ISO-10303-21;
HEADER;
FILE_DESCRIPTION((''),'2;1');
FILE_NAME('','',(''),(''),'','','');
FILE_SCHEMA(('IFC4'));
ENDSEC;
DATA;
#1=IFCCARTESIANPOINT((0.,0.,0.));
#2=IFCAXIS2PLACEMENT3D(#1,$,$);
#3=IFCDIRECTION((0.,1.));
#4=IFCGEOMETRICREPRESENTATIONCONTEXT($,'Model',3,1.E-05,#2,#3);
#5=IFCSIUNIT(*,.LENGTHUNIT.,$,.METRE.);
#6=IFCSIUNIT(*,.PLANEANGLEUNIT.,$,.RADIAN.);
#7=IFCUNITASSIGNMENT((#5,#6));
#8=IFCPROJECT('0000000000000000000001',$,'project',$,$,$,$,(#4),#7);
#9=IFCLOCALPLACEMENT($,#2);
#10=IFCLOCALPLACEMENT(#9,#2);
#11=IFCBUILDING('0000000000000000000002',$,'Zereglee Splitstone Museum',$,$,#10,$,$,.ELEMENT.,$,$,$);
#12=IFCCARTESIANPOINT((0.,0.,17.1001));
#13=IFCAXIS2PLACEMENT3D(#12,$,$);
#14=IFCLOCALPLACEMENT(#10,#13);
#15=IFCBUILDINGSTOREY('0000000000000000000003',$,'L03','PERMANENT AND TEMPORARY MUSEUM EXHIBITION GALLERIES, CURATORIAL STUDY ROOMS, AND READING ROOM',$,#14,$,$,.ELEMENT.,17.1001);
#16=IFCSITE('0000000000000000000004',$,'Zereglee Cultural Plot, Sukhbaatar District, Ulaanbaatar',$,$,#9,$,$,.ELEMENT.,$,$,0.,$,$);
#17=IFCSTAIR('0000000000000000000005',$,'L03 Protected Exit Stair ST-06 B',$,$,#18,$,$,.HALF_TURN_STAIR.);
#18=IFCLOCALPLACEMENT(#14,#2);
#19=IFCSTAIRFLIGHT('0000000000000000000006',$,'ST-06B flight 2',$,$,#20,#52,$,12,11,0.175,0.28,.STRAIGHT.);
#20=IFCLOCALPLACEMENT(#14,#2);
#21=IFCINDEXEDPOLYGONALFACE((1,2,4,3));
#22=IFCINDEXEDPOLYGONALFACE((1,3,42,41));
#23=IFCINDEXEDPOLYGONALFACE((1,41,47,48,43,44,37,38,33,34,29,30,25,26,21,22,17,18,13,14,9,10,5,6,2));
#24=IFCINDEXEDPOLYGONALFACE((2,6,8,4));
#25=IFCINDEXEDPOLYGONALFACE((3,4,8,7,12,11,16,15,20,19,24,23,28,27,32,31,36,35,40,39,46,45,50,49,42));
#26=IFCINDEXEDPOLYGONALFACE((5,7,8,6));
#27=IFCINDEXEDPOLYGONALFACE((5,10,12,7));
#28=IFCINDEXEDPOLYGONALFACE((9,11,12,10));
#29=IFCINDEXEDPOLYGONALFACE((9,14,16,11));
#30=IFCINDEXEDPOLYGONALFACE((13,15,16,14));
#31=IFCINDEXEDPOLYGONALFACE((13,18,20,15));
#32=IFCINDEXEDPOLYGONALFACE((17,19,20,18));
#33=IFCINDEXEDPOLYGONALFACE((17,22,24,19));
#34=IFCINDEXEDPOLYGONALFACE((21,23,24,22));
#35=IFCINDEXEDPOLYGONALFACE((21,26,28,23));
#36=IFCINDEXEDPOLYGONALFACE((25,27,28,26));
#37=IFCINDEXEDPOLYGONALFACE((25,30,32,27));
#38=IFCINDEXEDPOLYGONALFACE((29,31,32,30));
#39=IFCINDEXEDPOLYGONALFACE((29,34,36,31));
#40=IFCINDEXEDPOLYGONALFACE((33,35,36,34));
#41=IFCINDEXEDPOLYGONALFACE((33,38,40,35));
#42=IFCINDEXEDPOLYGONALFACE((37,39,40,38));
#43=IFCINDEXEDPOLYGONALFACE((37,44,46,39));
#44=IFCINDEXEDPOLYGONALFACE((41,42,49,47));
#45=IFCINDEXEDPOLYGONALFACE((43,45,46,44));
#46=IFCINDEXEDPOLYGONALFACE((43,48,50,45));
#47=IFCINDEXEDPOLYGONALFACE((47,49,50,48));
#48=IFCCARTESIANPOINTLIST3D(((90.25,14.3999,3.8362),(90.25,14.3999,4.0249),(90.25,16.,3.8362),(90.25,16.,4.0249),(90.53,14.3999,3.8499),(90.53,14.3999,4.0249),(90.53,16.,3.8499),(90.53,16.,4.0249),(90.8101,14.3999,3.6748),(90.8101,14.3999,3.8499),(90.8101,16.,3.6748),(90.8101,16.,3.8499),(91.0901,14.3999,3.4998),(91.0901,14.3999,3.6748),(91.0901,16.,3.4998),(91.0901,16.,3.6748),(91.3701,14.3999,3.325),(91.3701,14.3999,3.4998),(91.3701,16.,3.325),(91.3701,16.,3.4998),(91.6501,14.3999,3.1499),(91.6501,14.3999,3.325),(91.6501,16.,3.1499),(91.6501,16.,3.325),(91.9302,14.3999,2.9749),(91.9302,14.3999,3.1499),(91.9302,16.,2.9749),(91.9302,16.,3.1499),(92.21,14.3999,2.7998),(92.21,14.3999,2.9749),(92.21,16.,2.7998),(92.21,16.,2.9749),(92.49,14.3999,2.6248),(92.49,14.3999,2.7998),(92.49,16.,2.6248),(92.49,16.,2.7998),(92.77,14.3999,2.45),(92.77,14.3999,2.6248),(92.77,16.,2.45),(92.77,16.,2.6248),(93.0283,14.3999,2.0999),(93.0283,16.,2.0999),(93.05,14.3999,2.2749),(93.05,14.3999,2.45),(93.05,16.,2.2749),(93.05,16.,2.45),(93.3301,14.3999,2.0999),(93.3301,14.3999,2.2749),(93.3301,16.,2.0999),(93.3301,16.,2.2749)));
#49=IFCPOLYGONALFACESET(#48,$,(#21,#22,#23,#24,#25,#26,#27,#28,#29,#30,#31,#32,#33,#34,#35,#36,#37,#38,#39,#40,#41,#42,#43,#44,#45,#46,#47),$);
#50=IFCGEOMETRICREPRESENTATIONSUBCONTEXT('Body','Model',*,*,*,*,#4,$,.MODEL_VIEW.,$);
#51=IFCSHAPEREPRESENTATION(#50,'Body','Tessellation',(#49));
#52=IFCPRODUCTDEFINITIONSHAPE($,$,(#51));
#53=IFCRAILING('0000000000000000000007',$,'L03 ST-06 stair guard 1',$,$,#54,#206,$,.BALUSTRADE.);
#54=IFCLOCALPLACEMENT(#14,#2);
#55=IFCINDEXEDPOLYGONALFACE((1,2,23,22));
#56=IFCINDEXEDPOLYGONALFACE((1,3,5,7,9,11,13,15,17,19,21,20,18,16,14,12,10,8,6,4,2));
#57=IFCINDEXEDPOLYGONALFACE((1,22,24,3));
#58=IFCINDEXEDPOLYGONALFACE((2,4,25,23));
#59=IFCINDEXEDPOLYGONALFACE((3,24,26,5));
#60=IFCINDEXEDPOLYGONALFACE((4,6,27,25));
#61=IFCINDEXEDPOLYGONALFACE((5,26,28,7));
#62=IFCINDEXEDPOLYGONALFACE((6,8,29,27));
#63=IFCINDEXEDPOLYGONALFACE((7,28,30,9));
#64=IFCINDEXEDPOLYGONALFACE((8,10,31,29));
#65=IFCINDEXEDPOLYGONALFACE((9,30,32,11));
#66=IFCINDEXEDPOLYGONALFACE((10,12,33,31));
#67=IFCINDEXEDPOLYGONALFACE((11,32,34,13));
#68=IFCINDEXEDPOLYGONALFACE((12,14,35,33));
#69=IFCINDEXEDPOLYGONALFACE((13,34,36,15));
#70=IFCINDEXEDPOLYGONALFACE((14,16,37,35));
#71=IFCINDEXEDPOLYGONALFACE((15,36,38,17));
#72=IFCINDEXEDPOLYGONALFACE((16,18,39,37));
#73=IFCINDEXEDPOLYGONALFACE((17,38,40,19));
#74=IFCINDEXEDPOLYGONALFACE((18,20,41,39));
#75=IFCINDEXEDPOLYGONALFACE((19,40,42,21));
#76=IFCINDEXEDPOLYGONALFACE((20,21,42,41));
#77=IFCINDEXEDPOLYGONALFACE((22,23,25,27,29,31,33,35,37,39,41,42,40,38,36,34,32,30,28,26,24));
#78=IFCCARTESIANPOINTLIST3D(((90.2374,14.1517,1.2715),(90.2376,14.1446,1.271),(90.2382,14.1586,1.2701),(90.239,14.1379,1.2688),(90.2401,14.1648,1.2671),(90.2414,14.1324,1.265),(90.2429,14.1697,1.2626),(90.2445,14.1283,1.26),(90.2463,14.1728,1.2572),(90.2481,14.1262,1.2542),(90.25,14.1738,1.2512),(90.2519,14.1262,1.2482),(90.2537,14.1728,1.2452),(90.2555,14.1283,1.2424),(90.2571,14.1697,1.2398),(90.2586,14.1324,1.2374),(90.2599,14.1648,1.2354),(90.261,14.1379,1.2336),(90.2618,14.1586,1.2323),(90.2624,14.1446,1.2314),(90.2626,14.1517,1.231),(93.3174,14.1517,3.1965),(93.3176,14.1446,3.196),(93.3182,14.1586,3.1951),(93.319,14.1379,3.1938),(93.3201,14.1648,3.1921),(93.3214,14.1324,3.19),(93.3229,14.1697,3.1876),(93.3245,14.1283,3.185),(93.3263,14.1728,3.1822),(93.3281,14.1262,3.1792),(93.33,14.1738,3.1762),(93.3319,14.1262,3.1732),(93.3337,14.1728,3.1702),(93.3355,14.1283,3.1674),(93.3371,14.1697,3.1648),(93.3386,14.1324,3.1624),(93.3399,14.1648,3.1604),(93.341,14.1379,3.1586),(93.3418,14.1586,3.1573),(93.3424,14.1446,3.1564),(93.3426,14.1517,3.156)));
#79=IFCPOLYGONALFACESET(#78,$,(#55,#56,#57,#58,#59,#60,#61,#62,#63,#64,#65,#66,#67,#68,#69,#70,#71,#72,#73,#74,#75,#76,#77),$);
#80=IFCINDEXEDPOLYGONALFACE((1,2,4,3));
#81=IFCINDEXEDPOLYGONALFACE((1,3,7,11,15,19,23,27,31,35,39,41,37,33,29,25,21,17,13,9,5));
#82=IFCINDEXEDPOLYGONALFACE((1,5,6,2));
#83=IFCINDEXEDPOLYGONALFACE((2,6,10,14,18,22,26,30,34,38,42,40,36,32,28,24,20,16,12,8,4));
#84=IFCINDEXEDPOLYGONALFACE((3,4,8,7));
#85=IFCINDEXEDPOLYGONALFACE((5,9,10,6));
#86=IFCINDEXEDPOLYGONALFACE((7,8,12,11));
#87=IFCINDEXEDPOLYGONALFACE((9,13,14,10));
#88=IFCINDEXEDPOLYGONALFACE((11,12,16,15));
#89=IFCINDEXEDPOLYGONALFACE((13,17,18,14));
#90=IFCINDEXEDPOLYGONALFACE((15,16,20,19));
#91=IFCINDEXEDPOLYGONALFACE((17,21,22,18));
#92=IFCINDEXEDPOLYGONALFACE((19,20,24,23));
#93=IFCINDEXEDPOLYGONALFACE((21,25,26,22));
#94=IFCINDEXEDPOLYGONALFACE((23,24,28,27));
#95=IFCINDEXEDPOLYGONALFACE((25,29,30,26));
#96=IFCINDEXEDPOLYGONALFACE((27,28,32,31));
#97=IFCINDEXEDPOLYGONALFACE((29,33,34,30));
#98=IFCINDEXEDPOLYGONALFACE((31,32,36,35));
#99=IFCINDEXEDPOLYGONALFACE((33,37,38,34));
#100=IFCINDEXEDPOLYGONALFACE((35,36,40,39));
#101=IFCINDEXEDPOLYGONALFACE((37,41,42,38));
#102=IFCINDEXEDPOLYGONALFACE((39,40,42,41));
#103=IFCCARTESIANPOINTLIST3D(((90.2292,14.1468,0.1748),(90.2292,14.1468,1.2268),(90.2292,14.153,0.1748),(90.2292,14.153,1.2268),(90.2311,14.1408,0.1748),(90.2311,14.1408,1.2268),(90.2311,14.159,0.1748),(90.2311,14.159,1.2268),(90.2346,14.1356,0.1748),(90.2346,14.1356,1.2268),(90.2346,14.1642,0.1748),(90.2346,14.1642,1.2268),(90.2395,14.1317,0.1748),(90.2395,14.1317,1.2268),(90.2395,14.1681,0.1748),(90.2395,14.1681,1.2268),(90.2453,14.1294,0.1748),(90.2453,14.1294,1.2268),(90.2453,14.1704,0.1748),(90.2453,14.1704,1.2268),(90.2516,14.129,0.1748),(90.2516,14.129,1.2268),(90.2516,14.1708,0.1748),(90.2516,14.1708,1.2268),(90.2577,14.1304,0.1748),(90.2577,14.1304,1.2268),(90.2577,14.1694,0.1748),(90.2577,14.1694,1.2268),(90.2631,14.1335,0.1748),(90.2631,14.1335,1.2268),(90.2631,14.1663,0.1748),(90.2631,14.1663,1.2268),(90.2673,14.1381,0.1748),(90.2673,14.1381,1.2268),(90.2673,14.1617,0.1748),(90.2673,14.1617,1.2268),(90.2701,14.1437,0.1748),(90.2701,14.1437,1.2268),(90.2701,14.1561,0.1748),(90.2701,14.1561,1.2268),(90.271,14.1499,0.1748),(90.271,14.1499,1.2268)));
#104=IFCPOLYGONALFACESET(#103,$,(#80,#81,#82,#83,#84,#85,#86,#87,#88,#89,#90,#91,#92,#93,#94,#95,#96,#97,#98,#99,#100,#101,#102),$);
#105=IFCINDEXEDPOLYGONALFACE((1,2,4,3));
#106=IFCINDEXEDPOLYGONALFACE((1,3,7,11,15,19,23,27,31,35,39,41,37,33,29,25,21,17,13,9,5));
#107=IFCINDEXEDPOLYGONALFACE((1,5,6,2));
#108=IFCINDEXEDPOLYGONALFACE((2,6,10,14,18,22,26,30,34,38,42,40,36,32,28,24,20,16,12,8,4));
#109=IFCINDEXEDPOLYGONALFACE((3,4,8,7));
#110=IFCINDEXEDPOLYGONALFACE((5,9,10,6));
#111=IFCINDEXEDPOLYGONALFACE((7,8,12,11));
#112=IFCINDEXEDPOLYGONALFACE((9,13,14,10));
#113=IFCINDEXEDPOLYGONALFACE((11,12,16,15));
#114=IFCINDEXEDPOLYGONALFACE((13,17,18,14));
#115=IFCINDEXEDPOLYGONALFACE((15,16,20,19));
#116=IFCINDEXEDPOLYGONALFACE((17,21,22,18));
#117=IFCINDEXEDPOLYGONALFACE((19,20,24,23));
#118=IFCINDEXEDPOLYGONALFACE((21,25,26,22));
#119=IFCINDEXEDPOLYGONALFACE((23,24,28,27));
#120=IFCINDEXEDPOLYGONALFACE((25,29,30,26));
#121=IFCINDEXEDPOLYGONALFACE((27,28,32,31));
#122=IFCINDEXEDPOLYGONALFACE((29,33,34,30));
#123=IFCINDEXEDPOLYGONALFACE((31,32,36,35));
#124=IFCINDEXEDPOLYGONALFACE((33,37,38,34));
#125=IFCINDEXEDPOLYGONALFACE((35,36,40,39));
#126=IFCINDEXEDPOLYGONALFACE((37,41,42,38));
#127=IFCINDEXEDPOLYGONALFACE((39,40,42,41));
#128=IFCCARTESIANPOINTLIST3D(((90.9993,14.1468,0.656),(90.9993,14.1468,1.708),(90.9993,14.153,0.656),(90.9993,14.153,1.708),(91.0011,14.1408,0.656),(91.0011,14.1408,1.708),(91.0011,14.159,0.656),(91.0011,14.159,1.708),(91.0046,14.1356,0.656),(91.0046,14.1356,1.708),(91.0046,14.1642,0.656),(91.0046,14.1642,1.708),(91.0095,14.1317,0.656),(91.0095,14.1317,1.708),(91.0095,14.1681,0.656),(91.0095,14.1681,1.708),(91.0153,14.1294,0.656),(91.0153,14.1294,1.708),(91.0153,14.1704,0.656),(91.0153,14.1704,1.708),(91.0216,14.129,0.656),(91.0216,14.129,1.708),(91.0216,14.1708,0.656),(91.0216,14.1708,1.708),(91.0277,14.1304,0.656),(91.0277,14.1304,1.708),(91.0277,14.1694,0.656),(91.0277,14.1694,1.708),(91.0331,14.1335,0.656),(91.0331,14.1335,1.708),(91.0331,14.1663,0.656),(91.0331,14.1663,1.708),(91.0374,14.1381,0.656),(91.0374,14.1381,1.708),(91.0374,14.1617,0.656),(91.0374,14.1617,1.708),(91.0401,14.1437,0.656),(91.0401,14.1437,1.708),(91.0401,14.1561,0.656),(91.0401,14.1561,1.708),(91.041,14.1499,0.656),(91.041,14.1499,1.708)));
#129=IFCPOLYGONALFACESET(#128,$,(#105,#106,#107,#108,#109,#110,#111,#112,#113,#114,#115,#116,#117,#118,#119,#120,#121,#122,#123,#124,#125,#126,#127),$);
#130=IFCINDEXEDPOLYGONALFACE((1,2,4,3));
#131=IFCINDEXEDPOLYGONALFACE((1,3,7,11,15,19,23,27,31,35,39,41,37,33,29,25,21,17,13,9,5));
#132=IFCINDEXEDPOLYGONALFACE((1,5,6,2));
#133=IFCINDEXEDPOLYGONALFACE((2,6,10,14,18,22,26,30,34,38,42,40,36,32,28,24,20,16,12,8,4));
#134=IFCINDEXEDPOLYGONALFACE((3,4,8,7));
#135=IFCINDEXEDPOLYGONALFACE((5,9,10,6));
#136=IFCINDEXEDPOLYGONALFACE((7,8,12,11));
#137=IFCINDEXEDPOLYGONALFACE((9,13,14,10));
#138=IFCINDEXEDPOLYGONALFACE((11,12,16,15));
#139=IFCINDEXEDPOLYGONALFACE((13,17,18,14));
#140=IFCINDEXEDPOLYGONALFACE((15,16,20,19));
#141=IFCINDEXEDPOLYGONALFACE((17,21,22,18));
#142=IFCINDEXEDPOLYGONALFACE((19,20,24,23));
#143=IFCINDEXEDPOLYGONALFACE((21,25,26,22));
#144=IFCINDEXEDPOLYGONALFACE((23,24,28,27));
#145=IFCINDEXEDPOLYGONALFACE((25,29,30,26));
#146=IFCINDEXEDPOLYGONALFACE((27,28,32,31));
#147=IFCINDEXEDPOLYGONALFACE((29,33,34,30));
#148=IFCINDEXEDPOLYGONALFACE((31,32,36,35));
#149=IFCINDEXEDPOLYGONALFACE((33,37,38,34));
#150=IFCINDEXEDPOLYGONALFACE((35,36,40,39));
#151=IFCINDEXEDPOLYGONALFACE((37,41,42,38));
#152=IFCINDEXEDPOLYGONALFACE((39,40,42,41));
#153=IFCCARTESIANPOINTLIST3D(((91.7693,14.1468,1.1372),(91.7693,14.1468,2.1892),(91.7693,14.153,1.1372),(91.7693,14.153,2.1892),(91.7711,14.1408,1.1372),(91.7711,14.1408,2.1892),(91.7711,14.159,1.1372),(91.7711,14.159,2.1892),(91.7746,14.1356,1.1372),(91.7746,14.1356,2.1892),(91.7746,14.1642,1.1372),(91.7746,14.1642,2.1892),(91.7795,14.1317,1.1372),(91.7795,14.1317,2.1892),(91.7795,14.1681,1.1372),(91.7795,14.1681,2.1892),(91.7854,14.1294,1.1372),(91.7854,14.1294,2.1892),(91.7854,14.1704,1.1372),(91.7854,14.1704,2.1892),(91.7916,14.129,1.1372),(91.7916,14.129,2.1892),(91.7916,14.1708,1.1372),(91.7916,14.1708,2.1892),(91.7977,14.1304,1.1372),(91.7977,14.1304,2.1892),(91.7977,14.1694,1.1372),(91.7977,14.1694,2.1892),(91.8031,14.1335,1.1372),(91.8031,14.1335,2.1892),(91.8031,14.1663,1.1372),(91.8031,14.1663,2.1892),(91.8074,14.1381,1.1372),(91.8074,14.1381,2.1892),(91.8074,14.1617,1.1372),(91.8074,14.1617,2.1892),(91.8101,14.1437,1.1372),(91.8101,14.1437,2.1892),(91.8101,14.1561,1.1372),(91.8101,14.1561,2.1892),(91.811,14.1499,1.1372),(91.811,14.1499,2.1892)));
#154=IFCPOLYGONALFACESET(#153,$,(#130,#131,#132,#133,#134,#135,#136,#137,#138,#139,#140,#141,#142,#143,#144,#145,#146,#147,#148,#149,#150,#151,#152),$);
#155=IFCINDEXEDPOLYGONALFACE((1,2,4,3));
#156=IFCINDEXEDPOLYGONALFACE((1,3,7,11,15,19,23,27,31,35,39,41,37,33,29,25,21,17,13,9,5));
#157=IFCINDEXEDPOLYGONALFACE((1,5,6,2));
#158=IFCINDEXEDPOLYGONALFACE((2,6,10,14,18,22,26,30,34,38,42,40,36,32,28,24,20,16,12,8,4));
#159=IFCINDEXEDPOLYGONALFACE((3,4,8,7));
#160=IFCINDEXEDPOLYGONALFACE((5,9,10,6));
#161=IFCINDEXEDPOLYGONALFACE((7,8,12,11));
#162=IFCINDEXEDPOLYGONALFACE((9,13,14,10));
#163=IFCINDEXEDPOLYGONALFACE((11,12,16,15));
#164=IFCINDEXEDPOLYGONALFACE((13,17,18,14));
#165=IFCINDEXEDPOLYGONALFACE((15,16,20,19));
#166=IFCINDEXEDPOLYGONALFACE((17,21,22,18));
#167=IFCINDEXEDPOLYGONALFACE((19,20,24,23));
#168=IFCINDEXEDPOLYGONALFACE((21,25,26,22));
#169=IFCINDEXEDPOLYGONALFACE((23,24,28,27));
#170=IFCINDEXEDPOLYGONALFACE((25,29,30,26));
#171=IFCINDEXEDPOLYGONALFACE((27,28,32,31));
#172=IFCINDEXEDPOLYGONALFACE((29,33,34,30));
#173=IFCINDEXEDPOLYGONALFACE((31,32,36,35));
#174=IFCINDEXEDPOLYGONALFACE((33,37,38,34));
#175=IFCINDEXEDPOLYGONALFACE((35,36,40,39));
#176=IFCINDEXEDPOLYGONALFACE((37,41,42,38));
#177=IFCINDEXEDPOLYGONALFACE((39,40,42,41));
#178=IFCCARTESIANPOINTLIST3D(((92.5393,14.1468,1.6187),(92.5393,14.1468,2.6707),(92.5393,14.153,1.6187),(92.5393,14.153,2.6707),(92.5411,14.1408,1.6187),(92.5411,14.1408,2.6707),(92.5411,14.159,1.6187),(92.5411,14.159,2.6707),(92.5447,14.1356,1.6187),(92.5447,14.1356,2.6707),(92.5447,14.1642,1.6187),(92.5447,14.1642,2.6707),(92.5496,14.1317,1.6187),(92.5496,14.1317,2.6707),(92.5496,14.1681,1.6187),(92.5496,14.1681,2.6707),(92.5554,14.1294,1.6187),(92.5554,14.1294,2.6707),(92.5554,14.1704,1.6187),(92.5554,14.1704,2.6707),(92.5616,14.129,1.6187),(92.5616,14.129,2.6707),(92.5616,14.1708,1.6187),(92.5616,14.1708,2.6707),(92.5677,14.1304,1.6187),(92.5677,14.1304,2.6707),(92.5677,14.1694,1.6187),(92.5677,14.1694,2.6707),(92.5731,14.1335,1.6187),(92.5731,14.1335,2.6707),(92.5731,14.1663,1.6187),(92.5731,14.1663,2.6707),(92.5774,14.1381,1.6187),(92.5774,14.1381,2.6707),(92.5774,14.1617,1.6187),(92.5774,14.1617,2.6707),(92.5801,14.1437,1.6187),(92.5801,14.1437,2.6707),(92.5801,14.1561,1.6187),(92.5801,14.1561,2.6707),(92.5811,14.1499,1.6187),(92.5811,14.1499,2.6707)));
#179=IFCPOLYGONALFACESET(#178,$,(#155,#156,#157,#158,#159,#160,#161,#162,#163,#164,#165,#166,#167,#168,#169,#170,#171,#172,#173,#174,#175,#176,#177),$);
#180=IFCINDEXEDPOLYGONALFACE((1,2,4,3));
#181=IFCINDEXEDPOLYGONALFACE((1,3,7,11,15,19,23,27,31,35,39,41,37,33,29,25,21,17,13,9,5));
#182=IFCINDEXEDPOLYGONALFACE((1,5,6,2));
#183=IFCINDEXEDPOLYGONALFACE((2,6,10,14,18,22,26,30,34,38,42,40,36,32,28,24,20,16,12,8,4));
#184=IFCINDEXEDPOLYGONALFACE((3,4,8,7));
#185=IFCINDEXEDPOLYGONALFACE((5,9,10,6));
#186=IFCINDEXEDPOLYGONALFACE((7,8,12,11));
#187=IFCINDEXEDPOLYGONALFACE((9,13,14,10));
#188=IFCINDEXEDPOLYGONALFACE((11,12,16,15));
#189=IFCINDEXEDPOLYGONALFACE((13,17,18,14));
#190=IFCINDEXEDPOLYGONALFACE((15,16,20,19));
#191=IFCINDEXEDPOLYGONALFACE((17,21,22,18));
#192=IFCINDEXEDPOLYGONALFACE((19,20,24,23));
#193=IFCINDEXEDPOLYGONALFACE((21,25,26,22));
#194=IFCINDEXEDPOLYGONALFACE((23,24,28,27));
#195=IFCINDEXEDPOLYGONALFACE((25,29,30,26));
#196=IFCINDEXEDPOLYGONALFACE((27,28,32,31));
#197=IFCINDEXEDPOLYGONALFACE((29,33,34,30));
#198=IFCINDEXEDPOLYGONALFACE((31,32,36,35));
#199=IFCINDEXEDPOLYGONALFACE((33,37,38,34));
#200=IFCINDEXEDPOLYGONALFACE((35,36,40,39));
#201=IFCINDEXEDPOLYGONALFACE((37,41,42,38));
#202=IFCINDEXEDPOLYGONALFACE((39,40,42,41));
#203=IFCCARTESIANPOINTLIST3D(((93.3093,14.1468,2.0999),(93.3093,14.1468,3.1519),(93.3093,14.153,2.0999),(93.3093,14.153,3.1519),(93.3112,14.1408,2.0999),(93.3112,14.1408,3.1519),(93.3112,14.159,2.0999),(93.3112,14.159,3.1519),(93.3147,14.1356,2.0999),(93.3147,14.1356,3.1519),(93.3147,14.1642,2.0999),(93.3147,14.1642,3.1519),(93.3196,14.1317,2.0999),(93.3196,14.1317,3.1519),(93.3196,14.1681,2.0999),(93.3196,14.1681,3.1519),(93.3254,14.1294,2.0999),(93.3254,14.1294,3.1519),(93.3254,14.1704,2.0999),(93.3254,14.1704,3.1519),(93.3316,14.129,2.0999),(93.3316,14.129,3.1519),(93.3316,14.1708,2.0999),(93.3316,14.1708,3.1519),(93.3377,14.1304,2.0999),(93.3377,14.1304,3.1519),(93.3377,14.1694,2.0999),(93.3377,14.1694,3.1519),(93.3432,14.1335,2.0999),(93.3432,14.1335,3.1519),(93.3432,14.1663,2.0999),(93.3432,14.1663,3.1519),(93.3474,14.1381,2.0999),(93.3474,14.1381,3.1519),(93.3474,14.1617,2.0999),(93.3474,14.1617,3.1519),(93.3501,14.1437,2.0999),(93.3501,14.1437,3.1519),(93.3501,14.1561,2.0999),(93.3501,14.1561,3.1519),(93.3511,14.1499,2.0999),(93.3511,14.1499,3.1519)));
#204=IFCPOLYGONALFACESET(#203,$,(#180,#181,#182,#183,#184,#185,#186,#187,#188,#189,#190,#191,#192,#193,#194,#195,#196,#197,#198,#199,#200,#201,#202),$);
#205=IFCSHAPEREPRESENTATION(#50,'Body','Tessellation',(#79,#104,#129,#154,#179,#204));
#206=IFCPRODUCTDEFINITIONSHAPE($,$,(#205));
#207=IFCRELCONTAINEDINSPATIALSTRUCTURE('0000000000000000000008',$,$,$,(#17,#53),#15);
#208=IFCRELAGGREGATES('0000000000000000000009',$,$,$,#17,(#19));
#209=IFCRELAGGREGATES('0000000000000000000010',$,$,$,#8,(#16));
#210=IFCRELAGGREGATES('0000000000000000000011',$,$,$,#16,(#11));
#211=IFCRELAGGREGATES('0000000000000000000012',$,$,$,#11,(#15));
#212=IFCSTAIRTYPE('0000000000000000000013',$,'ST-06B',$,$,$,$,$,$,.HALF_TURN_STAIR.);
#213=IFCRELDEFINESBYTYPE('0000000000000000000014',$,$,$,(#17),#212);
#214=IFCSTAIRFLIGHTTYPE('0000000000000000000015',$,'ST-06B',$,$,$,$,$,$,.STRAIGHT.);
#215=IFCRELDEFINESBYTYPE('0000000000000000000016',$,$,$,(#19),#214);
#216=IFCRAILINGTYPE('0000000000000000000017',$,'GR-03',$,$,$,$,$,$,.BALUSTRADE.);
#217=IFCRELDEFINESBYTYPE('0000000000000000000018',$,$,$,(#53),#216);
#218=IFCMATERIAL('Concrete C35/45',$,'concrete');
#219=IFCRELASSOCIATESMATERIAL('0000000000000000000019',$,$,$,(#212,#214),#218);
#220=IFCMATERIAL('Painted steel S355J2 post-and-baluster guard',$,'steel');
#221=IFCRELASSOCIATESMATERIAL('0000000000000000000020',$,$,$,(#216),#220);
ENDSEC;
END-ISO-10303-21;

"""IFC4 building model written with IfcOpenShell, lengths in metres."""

from ifc_helpers import new_model, si_unit, direction, frame, origin, origin_2d, place, context, subcontext, project, spatial, polyline, circle, outline, extrude, material, type_object, element, aggregate, save


model = new_model("IFC4")

# Units and contexts
model_context = context("Model", 3, precision=1e-05, world=origin(), true_north=direction((0.0, 1.0)))
body_context = subcontext(model_context, "Body", "Model", "MODEL_VIEW")
ifc_project = project(units=[si_unit("LENGTHUNIT", "METRE"), si_unit("PLANEANGLEUNIT", "RADIAN")], contexts=[model_context])

# Site, building, storey
site_placement = place(None, origin())
site = spatial("IfcSite", under=ifc_project, at=site_placement, Name="Zereglee Cultural Plot, Sukhbaatar District, Ulaanbaatar", CompositionType="ELEMENT", RefElevation=0.0)
building_placement = place(site_placement, origin())
building = spatial("IfcBuilding", under=site, at=building_placement, Name="Zereglee Splitstone Museum", CompositionType="ELEMENT")
storey_placement = place(building_placement, frame((0.0, 0.0, 17.1001)))
storey = spatial("IfcBuildingStorey", under=building, at=storey_placement, Name="L03", Description="PERMANENT AND TEMPORARY MUSEUM EXHIBITION GALLERIES, CURATORIAL STUDY ROOMS, AND READING ROOM", CompositionType="ELEMENT", Elevation=17.1001)

# Stair, stair flight
ifc_material_1 = material(Name="Concrete C35/45", Category="concrete")
stair_type = type_object("IfcStairType", Name="ST-06B", PredefinedType="HALF_TURN_STAIR", material=ifc_material_1)
stair_placement = place(storey_placement, origin())
stair = element("IfcStair", 1, at=stair_placement, inside=storey, type_object=stair_type, Name="L03 Protected Exit Stair ST-06 B", PredefinedType="HALF_TURN_STAIR")
stair_flight_type = type_object("IfcStairFlightType", Name="ST-06B", PredefinedType="STRAIGHT", material=ifc_material_1)
stair_flight_1_placement = place(storey_placement, frame((93.3301, 15.2, 2.0999), z_axis=(0.0, 0.0, 1.0), x_axis=(-1.0, 0.0, 0.0)))
stair_flight_1 = element("IfcStairFlight", 2, at=stair_flight_1_placement, type_object=stair_flight_type, Name="ST-06B flight 2", NumberOfRisers=12, NumberOfTreads=11, PredefinedType="STRAIGHT", RiserHeight=0.175, TreadLength=0.28, context=body_context, shape_type="SweptSolid", body=[
    extrude(outline(polyline([(0.0, 0.0), (0.0, 0.175), (0.28, 0.175), (0.28, 0.3501), (0.5601, 0.3501), (0.5601, 0.5249), (0.8401, 0.5249), (0.8401, 0.7), (1.1201, 0.7), (1.1201, 0.875), (1.3999, 0.875), (1.3999, 1.05), (1.6799, 1.05), (1.6799, 1.2251), (1.96, 1.2251), (1.96, 1.3999), (2.24, 1.3999), (2.24, 1.575), (2.52, 1.575), (2.52, 1.75), (2.8, 1.75), (2.8, 1.925), (3.0801, 1.925), (3.0801, 2.1001), (3.0801, 1.7363), (0.3018, 0.0), (0.0, 0.0)])), frame((0.0, 0.8, 0.0), z_axis=(0.0, -1.0, 0.0), x_axis=(1.0, 0.0, 0.0)), (0.0, 0.0, 1.0), 1.6001),
])
aggregate(stair, [stair_flight_1])

# Railing
ifc_material_2 = material(Name="Painted steel S355J2 post-and-baluster guard", Category="steel")
railing_type_1 = type_object("IfcRailingType", Name="GR-03", PredefinedType="BALUSTRADE", material=ifc_material_2)
railing_1_placement = place(storey_placement, frame((90.25, 14.1499, 0.1748)))
element("IfcRailing", 3, at=railing_1_placement, inside=storey, type_object=railing_type_1, Name="L03 ST-06 stair guard 1", PredefinedType="BALUSTRADE", context=body_context, shape_type="SweptSolid", body=[
    extrude(circle(Radius=0.0239, at=origin_2d()), frame((0.0, 0.0, 1.0764), z_axis=(0.847998, 0.0, 0.529999), x_axis=(0.0, 1.0, 0.0)), (0.0, 0.0, 1.0), 3.6321),
    extrude(circle(Radius=0.021, at=origin_2d()), origin(), (0.0, 0.0, 1.0), 1.052),
    extrude(circle(Radius=0.021, at=origin_2d()), frame((0.77, 0.0, 0.4812)), (0.0, 0.0, 1.0), 1.052),
    extrude(circle(Radius=0.021, at=origin_2d()), frame((1.54, 0.0, 0.9624)), (0.0, 0.0, 1.0), 1.052),
    extrude(circle(Radius=0.021, at=origin_2d()), frame((2.3101, 0.0, 1.4438)), (0.0, 0.0, 1.0), 1.052),
    extrude(circle(Radius=0.021, at=origin_2d()), frame((3.0801, 0.0, 1.925)), (0.0, 0.0, 1.0), 1.052),
])

save(model, "model.ifc")
